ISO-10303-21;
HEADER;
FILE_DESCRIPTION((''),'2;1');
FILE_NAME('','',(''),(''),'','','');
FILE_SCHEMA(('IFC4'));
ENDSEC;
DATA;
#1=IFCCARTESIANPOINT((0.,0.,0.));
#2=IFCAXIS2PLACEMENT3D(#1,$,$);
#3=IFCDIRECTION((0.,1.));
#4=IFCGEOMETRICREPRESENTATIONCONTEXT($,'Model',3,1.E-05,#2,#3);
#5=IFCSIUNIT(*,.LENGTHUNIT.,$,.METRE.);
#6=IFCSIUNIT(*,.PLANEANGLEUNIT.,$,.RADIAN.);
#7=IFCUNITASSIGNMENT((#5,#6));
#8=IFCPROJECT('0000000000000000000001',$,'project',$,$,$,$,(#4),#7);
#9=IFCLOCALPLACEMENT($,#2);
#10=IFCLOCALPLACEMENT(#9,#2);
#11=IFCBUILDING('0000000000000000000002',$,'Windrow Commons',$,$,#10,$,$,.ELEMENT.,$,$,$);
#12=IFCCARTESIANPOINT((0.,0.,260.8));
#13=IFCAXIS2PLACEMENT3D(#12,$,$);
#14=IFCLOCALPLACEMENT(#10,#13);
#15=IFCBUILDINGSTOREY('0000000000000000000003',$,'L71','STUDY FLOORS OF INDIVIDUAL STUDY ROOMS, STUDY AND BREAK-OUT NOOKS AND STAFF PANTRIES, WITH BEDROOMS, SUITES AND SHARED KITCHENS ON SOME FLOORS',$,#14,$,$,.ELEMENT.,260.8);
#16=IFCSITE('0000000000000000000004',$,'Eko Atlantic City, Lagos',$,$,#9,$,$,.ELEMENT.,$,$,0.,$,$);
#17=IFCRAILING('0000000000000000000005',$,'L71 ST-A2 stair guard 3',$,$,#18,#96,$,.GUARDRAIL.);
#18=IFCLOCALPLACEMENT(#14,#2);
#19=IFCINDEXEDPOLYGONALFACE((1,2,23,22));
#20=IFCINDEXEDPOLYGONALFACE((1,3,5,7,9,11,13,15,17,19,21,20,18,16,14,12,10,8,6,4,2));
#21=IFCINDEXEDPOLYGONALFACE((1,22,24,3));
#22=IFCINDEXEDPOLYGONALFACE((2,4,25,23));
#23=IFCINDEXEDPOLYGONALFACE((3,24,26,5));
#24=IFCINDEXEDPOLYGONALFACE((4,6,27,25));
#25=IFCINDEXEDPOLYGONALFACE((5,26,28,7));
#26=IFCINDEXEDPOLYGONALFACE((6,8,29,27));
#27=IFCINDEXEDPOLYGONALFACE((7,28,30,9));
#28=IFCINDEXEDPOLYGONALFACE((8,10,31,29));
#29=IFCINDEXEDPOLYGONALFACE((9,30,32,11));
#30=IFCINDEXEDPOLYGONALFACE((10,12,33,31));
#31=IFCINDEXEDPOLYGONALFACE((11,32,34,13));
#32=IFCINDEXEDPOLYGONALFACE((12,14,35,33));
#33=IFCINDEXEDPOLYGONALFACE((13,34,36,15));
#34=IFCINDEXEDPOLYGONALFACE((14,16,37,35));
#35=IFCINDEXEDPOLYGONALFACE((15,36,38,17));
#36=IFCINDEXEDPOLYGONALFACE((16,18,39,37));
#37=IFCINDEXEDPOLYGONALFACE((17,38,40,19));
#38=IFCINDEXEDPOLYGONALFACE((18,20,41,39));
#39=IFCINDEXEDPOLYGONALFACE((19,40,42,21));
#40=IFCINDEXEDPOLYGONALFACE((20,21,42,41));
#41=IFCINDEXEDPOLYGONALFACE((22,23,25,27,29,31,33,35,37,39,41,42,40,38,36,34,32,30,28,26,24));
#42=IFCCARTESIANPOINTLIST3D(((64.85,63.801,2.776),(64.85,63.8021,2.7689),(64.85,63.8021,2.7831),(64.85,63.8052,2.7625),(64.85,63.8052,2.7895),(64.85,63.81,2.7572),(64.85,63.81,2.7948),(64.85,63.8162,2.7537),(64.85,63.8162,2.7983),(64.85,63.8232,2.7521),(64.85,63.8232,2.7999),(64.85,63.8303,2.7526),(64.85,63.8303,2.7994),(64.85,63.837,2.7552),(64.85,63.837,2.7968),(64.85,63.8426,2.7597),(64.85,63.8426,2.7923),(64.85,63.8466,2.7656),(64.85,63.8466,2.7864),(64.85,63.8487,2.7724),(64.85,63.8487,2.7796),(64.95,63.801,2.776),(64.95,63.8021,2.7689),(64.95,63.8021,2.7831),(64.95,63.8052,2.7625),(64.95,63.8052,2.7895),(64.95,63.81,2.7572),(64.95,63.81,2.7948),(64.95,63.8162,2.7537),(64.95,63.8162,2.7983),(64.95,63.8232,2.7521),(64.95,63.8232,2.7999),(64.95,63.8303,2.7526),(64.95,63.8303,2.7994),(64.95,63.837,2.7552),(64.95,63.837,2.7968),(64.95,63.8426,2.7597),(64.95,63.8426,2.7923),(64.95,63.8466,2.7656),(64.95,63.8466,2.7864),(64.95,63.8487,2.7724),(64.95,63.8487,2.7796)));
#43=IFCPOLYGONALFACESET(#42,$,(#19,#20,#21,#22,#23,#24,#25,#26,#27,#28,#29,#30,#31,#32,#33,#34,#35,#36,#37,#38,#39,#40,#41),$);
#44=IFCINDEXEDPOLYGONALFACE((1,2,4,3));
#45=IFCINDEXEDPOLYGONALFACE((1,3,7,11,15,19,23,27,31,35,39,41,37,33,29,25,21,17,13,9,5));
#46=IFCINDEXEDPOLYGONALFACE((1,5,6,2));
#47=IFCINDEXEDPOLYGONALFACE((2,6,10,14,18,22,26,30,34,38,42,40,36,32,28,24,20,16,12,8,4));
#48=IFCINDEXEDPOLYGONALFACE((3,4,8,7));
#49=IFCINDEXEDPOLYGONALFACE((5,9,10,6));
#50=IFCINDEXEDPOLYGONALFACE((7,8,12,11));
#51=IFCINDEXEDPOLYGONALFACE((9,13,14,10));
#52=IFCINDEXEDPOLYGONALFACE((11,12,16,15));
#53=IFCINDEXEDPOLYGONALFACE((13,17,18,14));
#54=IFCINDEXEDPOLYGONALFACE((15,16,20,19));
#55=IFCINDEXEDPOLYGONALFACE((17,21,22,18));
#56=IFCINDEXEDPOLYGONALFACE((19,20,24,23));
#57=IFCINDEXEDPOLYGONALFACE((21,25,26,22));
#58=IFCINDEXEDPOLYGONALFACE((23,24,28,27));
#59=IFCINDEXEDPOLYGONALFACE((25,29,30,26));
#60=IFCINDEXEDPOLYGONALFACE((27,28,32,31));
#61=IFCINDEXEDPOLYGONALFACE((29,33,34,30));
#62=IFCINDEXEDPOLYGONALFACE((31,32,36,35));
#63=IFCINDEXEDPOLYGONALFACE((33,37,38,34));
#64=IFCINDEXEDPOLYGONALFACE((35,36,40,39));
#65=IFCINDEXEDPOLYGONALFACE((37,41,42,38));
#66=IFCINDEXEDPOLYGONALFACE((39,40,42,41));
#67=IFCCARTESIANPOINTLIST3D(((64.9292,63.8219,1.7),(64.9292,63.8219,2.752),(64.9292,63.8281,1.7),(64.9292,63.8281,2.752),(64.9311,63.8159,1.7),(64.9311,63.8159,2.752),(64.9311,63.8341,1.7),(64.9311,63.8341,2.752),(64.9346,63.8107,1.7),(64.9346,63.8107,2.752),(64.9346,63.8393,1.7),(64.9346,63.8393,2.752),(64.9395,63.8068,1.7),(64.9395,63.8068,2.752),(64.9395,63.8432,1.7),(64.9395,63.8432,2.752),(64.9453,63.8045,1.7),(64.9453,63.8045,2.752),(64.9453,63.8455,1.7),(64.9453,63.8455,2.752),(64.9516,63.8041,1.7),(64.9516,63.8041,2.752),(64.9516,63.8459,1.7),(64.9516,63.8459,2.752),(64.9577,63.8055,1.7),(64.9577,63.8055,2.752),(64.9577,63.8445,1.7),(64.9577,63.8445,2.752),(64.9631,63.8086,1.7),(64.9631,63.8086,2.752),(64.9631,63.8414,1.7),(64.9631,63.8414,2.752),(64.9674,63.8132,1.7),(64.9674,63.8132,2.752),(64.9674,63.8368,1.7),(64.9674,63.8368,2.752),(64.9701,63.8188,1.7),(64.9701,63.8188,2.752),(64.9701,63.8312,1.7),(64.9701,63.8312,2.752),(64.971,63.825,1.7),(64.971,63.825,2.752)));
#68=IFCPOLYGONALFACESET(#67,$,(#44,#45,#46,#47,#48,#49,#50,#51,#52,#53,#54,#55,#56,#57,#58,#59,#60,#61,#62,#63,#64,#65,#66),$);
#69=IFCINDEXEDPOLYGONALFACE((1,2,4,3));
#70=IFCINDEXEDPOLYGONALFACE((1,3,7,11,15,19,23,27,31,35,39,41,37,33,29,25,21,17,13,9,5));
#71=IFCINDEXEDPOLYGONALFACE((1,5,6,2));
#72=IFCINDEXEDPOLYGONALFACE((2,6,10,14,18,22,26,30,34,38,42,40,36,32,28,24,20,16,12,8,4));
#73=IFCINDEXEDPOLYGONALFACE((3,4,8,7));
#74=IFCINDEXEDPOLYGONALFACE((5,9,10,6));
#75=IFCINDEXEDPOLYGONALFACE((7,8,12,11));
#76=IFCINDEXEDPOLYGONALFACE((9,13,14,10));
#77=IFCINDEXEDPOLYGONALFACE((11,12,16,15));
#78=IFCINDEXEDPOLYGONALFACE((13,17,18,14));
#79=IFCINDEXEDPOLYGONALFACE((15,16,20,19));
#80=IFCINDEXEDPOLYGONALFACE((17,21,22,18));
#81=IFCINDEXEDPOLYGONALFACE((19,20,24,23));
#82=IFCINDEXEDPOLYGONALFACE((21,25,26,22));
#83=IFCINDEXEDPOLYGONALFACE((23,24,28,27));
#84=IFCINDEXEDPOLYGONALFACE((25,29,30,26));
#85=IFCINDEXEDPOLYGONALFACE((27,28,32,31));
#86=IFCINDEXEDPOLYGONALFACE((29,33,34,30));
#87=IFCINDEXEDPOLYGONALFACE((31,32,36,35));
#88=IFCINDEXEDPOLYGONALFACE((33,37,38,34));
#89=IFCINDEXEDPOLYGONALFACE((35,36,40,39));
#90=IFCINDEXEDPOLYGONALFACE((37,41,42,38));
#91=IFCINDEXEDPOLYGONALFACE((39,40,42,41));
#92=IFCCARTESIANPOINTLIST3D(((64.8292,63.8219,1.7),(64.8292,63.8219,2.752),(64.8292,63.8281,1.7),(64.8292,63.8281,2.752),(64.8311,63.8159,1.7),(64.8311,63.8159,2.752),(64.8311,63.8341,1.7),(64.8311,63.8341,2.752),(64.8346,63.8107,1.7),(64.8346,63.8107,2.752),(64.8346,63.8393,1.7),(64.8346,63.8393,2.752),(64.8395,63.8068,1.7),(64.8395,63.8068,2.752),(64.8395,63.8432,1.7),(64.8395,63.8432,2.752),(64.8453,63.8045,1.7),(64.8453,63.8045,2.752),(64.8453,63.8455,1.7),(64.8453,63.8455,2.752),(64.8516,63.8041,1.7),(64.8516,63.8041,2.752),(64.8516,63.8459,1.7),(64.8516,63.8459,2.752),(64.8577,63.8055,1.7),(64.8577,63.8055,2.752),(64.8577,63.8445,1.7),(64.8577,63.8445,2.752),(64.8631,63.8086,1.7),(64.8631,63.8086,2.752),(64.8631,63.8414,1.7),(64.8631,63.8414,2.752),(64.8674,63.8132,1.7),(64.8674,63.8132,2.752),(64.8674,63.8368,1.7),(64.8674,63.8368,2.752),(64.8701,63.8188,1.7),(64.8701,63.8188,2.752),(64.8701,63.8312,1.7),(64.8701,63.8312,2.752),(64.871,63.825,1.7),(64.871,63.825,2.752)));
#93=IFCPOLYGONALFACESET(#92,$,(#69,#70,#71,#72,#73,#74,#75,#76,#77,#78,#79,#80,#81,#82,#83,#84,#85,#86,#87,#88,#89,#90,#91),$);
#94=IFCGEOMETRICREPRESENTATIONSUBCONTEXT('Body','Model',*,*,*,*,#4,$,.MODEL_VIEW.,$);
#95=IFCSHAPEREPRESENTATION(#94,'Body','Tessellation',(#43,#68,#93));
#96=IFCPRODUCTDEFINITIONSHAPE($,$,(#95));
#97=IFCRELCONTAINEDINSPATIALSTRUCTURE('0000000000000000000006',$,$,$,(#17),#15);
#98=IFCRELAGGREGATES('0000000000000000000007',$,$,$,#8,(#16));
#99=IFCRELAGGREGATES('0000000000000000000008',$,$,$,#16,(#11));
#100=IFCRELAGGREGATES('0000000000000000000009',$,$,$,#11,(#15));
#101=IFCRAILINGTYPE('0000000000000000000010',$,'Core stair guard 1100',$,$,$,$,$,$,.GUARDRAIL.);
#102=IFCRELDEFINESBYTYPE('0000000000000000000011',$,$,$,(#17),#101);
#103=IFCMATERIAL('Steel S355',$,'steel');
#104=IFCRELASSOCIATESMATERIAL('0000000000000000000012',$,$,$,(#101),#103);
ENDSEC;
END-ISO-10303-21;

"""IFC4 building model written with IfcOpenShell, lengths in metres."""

from ifc_helpers import new_model, si_unit, direction, frame, origin, origin_2d, place, context, subcontext, project, spatial, circle, extrude, material, type_object, element, save


model = new_model("IFC4")

# Units and contexts
model_context = context("Model", 3, precision=1e-05, world=origin(), true_north=direction((0.0, 1.0)))
body_context = subcontext(model_context, "Body", "Model", "MODEL_VIEW")
ifc_project = project(units=[si_unit("LENGTHUNIT", "METRE"), si_unit("PLANEANGLEUNIT", "RADIAN")], contexts=[model_context])

# Site, building, storey
site_placement = place(None, origin())
site = spatial("IfcSite", under=ifc_project, at=site_placement, Name="Eko Atlantic City, Lagos", CompositionType="ELEMENT", RefElevation=0.0)
building_placement = place(site_placement, origin())
building = spatial("IfcBuilding", under=site, at=building_placement, Name="Windrow Commons", CompositionType="ELEMENT")
storey_placement = place(building_placement, frame((0.0, 0.0, 260.8)))
storey = spatial("IfcBuildingStorey", under=building, at=storey_placement, Name="L71", Description="STUDY FLOORS OF INDIVIDUAL STUDY ROOMS, STUDY AND BREAK-OUT NOOKS AND STAFF PANTRIES, WITH BEDROOMS, SUITES AND SHARED KITCHENS ON SOME FLOORS", CompositionType="ELEMENT", Elevation=260.8)

# Railing
ifc_material_1 = material(Name="Steel S355", Category="steel")
railing_type_1 = type_object("IfcRailingType", Name="Core stair guard 1100", PredefinedType="GUARDRAIL", material=ifc_material_1)
railing_1_placement = place(storey_placement, frame((64.95, 63.825, 1.7)))
element("IfcRailing", 1, at=railing_1_placement, inside=storey, type_object=railing_type_1, Name="L71 ST-A2 stair guard 3", PredefinedType="GUARDRAIL", context=body_context, shape_type="SweptSolid", body=[
    extrude(circle(Radius=0.024, at=origin_2d()), frame((0.0, 0.0, 1.076), z_axis=(-1.0, 0.0, 0.0), x_axis=(0.0, -1.0, 0.0)), (0.0, 0.0, 1.0), 0.1),
    extrude(circle(Radius=0.021, at=origin_2d()), origin(), (0.0, 0.0, 1.0), 1.052),
    extrude(circle(Radius=0.021, at=origin_2d()), frame((-0.1, 0.0, 0.0)), (0.0, 0.0, 1.0), 1.052),
])

save(model, "model.ifc")
